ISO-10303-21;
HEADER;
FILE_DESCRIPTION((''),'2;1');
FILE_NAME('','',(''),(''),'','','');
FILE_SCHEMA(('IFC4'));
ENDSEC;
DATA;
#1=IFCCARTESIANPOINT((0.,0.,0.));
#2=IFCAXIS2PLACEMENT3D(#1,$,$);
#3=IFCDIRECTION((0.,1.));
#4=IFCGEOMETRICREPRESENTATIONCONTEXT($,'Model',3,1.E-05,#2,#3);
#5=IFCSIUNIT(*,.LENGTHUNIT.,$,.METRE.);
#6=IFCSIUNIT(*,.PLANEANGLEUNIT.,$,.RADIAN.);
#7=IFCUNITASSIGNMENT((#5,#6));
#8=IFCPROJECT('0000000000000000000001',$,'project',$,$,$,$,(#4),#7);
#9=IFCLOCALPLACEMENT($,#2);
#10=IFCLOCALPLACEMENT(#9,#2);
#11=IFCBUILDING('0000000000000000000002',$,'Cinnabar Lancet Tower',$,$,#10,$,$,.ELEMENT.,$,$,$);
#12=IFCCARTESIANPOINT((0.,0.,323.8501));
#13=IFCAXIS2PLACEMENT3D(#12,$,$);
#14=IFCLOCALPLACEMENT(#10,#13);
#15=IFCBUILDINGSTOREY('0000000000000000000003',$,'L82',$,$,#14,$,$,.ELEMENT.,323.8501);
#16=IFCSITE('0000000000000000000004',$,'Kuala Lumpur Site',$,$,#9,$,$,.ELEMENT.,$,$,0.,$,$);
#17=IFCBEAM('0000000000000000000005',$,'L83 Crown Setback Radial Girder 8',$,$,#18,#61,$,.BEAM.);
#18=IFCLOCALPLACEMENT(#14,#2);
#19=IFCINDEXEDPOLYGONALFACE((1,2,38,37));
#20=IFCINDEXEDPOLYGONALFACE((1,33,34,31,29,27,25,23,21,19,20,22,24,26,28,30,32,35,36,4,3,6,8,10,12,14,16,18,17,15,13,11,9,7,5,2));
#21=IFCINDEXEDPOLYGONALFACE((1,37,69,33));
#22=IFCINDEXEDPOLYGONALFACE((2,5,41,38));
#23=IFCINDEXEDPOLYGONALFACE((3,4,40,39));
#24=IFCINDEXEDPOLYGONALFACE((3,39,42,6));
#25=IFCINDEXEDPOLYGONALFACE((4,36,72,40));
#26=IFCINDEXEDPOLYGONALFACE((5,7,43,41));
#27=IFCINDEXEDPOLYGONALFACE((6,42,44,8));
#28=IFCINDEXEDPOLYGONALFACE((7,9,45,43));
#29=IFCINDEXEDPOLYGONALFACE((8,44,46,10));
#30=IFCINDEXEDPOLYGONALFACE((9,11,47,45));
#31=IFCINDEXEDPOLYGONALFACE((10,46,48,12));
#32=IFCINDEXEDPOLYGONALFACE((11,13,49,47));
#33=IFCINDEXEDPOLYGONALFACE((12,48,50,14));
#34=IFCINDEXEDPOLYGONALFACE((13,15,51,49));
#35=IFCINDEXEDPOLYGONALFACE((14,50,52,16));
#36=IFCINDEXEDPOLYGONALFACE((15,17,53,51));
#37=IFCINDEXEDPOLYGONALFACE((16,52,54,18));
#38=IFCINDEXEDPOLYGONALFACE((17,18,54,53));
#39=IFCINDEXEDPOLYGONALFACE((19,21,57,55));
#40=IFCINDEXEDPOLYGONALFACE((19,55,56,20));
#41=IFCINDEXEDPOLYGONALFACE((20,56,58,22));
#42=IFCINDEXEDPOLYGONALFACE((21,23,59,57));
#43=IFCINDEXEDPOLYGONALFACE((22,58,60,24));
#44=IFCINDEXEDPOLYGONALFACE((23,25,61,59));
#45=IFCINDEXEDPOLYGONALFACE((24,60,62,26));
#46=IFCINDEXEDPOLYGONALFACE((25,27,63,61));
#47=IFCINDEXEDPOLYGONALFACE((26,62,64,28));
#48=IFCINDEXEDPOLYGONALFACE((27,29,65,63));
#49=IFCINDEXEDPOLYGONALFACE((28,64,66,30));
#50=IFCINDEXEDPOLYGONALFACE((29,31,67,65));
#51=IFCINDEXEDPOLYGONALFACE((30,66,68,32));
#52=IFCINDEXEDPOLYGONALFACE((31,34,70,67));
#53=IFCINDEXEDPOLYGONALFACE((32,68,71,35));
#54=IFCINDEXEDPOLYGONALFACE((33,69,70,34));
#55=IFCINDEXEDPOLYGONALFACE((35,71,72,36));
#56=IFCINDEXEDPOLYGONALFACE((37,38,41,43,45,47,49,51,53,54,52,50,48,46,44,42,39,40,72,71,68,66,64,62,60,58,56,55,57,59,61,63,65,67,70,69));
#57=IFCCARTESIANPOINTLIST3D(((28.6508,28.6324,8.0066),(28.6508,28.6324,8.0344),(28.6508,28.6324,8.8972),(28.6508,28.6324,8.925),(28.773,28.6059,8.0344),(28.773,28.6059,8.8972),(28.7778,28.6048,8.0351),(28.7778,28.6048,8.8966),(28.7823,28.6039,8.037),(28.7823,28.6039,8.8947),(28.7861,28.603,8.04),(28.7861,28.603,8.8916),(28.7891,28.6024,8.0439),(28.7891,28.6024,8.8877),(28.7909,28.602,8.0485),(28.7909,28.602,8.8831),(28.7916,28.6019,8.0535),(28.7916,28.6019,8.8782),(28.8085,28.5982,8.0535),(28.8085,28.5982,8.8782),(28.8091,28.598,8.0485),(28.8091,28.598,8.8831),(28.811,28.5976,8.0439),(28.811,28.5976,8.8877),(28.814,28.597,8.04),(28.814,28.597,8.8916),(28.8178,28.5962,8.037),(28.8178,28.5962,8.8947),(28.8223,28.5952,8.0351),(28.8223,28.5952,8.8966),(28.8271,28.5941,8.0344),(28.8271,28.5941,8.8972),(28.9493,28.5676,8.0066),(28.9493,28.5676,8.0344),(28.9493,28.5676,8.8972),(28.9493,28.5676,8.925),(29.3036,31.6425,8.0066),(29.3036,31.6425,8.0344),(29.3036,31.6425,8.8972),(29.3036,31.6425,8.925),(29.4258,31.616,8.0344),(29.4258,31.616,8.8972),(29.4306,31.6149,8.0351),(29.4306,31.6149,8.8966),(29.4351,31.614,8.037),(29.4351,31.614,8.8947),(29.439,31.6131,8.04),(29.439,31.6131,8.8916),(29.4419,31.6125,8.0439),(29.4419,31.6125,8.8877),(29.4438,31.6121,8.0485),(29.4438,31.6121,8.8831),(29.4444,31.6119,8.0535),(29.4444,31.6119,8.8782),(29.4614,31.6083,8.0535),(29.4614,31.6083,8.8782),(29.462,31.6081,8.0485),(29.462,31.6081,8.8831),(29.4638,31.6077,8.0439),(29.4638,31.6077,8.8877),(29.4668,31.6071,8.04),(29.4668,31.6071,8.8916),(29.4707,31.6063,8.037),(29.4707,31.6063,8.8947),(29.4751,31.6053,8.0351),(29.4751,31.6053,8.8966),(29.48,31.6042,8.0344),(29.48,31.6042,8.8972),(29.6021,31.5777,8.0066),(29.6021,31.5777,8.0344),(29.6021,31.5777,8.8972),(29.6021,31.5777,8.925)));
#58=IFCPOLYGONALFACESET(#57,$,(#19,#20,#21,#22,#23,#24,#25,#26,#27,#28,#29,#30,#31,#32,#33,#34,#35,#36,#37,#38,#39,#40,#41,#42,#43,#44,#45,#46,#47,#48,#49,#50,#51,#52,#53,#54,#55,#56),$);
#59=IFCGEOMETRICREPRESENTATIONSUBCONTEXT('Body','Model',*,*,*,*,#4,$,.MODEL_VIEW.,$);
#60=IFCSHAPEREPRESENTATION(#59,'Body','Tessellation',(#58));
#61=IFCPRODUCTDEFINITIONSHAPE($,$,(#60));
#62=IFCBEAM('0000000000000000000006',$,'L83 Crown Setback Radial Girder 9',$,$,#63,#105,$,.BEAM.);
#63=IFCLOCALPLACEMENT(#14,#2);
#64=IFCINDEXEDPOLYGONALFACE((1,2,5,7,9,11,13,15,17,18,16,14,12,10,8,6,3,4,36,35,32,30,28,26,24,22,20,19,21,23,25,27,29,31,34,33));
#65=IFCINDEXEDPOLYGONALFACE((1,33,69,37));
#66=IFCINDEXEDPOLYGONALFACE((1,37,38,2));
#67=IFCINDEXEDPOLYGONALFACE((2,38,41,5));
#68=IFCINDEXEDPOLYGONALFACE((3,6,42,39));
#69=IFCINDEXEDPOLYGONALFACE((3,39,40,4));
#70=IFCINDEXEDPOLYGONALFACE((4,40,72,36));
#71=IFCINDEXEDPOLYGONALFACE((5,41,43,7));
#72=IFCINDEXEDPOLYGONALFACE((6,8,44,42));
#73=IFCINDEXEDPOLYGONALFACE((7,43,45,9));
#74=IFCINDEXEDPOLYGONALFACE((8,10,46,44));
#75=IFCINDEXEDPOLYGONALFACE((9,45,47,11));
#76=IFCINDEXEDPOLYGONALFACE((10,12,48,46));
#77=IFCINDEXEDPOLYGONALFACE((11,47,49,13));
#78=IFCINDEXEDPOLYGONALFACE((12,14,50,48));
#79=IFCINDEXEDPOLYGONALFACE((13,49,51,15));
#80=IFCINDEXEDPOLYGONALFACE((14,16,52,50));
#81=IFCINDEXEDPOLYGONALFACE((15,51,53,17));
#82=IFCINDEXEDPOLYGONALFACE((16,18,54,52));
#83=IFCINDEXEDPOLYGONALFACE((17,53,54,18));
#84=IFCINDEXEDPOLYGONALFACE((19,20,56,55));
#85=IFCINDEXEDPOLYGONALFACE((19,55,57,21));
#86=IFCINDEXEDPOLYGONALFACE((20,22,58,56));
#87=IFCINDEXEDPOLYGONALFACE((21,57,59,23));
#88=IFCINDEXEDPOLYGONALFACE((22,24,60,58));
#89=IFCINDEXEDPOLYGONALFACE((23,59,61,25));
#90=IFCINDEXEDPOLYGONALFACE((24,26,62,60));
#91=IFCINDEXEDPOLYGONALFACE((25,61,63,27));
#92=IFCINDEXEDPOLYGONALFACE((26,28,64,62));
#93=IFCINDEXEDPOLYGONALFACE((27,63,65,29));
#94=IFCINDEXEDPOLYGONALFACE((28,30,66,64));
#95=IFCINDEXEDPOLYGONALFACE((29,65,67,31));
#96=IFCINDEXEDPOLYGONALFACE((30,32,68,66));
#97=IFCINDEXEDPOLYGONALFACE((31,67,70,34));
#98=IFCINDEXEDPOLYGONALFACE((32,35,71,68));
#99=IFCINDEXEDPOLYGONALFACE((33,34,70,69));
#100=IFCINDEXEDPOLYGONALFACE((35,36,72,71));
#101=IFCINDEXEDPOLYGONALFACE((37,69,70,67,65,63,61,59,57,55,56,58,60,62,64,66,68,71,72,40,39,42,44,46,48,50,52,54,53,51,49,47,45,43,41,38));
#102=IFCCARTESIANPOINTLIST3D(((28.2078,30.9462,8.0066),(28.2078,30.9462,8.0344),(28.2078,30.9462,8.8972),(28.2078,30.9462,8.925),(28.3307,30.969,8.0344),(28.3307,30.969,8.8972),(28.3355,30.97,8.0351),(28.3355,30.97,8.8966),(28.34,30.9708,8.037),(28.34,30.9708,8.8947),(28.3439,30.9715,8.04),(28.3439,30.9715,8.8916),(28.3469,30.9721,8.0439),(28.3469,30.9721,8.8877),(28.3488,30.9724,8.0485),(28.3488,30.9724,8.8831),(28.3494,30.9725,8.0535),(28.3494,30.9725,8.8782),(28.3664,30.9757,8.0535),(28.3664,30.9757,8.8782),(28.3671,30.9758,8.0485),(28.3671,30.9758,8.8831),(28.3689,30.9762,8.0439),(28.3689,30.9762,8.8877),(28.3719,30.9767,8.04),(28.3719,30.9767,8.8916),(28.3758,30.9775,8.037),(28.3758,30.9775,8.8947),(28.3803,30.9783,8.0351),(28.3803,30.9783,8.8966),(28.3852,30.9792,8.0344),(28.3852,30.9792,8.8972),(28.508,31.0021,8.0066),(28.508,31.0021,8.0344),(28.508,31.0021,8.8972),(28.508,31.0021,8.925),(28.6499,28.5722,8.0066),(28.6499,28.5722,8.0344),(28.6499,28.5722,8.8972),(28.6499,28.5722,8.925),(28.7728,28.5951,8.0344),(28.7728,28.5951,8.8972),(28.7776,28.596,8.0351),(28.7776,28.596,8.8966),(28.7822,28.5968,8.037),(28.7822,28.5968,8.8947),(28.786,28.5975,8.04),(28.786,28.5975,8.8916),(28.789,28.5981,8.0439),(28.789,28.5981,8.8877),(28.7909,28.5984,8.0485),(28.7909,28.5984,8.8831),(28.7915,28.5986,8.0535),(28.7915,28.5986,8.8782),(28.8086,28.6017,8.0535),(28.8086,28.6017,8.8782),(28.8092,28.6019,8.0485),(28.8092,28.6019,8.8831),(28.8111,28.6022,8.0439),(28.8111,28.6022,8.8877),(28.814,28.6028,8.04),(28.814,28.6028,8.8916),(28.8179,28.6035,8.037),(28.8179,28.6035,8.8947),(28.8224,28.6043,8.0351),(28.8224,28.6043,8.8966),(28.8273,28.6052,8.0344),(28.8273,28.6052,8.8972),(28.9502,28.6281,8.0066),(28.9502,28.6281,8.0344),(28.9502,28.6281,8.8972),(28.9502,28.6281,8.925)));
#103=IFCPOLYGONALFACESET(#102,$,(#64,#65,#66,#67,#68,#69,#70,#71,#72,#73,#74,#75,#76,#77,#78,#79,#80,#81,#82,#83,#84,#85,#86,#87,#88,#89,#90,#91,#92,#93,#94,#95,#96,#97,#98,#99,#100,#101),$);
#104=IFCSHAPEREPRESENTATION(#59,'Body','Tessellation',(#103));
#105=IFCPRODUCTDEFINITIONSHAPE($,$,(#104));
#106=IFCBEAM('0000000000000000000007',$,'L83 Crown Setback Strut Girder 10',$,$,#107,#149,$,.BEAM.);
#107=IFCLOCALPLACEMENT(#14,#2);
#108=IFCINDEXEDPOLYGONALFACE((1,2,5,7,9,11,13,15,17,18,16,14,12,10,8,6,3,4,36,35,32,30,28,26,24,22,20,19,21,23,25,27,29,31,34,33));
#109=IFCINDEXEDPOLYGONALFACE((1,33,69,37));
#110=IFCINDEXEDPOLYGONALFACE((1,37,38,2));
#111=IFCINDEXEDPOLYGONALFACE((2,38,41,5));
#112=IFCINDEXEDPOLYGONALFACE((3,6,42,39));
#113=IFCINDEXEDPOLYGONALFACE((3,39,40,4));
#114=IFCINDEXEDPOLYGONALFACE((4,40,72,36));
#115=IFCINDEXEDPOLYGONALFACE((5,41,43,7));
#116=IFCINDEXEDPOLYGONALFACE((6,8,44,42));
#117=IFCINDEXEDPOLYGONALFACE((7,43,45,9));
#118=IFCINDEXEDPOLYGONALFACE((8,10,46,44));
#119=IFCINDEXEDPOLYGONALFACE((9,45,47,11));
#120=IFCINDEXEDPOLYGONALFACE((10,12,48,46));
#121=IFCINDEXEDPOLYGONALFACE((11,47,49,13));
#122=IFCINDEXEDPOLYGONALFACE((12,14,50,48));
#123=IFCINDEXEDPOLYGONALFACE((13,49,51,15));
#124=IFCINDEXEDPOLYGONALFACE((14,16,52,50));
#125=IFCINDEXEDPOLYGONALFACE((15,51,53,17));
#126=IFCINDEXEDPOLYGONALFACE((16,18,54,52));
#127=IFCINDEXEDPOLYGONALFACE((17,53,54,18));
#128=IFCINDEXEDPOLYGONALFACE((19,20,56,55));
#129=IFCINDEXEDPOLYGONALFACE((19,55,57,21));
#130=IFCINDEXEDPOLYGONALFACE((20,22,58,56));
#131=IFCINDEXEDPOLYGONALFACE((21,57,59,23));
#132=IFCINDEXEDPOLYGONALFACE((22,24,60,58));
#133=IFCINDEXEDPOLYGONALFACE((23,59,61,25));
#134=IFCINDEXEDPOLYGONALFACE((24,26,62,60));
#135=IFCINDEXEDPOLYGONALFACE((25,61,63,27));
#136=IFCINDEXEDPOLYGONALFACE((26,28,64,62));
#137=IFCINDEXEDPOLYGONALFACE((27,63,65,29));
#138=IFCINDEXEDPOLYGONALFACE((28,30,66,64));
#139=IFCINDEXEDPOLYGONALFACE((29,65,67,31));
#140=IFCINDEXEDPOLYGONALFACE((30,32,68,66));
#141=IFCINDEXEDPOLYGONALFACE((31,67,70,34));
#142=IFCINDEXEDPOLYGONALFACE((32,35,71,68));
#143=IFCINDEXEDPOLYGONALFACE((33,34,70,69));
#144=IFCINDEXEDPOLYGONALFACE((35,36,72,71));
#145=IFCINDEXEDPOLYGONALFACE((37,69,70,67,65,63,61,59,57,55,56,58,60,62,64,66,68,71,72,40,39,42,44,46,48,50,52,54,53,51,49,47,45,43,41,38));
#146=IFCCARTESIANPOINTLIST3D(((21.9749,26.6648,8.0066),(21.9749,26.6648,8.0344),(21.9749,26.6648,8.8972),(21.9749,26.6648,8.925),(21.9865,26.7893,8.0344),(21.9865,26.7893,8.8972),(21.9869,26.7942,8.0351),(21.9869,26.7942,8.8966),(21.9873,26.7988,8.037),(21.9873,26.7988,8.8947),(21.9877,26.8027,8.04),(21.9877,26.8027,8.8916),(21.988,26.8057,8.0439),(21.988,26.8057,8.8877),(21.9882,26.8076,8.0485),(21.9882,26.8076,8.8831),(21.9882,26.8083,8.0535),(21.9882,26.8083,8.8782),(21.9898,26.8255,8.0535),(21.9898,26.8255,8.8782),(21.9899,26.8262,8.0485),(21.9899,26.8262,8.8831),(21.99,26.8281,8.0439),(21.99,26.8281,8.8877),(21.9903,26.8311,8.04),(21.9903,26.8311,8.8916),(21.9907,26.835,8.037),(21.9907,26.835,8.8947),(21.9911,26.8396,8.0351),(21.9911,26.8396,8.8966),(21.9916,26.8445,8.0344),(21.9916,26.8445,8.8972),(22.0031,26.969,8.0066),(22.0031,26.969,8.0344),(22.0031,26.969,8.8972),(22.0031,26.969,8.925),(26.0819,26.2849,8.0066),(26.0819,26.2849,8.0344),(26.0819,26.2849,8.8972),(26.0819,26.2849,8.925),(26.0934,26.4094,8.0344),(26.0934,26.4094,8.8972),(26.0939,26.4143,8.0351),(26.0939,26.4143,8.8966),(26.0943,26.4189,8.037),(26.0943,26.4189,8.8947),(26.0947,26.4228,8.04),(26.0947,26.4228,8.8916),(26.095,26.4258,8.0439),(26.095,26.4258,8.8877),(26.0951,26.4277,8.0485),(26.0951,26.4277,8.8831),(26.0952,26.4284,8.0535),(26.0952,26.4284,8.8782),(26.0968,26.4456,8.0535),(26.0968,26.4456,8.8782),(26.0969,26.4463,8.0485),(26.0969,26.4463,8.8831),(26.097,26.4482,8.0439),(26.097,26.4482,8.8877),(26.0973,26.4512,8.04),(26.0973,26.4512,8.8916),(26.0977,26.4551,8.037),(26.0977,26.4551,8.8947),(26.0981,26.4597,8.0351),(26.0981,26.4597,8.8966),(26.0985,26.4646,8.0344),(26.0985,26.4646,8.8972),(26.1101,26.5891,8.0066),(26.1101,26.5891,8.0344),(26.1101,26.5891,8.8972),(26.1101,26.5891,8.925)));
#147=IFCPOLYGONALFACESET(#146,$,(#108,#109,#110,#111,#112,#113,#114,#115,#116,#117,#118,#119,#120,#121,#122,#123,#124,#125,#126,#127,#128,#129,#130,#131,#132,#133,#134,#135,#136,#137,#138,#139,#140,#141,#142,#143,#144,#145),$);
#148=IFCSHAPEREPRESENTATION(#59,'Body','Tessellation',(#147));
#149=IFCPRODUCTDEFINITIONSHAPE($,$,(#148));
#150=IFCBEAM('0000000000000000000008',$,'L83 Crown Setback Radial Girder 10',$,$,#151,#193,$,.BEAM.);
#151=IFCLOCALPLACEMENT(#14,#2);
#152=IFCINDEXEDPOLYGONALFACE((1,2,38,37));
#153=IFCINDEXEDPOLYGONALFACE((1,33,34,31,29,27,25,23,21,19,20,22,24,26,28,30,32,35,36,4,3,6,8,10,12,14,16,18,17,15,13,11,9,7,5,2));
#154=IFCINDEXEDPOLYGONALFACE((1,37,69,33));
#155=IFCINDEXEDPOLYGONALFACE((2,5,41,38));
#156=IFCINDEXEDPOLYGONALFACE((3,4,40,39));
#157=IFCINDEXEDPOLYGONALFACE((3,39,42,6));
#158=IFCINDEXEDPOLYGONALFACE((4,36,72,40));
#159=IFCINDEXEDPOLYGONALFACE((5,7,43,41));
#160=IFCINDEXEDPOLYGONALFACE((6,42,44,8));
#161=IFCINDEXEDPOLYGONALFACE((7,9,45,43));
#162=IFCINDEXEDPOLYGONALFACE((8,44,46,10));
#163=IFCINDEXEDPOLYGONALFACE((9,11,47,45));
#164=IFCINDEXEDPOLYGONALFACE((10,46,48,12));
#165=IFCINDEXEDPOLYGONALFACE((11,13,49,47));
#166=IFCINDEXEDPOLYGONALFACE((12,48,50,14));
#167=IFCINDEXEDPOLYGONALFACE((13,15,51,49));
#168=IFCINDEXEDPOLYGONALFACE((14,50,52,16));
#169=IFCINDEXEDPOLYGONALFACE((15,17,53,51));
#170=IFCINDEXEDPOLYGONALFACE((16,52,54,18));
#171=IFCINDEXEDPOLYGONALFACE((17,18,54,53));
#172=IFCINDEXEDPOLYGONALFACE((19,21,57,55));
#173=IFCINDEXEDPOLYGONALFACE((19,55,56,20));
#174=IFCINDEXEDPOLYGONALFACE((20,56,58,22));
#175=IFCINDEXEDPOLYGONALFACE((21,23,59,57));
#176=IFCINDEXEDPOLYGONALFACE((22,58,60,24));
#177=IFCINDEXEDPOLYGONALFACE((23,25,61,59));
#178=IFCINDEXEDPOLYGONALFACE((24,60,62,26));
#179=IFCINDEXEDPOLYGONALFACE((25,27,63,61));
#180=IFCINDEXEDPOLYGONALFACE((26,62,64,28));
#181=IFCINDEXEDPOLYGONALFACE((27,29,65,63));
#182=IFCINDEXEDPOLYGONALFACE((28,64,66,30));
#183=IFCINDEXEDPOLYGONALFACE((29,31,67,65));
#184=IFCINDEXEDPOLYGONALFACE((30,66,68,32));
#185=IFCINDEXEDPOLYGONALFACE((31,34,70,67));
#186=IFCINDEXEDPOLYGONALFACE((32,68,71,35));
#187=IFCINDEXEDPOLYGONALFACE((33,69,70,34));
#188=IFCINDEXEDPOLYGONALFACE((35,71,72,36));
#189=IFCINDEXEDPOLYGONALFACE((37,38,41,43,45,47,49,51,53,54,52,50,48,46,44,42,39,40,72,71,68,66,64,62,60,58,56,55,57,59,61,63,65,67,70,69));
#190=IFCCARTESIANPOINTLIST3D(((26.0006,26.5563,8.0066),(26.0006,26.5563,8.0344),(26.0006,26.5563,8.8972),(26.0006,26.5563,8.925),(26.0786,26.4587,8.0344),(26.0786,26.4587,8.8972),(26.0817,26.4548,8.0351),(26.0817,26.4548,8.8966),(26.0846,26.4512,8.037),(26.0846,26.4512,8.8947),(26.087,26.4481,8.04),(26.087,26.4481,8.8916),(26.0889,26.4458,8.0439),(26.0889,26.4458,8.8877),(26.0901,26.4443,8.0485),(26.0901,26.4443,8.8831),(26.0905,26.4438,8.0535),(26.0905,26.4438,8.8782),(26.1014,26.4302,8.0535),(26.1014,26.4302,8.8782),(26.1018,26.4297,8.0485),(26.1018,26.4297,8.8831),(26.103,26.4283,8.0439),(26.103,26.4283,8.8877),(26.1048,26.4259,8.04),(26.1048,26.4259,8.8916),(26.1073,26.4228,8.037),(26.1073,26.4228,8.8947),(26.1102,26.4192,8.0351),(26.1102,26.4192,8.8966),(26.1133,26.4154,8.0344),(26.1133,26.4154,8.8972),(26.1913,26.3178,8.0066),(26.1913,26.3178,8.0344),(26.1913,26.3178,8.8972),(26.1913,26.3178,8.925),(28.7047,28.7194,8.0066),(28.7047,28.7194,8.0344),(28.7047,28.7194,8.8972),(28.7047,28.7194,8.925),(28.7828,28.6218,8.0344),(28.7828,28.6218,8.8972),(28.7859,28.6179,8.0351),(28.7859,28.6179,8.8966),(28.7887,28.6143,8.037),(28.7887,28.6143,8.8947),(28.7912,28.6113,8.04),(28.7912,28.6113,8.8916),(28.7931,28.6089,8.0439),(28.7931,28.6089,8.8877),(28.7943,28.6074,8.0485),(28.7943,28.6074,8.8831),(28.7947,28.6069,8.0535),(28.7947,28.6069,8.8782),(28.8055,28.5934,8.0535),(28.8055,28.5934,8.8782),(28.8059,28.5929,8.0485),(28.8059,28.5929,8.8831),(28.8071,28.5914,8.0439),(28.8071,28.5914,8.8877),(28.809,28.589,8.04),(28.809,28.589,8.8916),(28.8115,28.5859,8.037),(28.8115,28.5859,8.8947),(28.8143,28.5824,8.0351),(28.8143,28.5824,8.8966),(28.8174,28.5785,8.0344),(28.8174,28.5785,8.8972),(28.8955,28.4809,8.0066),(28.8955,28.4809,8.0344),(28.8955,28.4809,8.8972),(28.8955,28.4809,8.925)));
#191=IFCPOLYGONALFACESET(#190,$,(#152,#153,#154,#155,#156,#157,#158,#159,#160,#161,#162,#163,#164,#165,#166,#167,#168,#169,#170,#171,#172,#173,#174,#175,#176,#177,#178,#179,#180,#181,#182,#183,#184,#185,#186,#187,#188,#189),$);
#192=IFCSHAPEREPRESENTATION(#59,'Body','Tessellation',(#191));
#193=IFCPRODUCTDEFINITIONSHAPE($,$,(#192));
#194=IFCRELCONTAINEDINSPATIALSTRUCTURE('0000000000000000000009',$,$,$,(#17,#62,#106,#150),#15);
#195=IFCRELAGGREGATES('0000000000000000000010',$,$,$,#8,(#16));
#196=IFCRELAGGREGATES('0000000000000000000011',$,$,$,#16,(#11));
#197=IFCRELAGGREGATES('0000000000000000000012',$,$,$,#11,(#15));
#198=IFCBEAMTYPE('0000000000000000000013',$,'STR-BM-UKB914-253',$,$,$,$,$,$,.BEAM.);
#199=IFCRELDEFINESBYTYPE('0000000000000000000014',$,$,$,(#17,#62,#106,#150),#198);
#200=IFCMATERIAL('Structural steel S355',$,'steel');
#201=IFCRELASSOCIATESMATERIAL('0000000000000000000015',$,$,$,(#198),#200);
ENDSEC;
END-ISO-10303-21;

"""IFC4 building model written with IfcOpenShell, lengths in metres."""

from ifc_helpers import new_model, si_unit, direction, frame, origin, origin_2d, place, context, subcontext, project, spatial, i_section, extrude, material, material_profile, profile_set, type_object, element, save


model = new_model("IFC4")

# Units and contexts
model_context = context("Model", 3, precision=1e-05, world=origin(), true_north=direction((0.0, 1.0)))
body_context = subcontext(model_context, "Body", "Model", "MODEL_VIEW")
ifc_project = project(units=[si_unit("LENGTHUNIT", "METRE"), si_unit("PLANEANGLEUNIT", "RADIAN")], contexts=[model_context])

# Site, building, storey
site_placement = place(None, origin())
site = spatial("IfcSite", under=ifc_project, at=site_placement, Name="Kuala Lumpur Site", CompositionType="ELEMENT", RefElevation=0.0)
building_placement = place(site_placement, origin())
building = spatial("IfcBuilding", under=site, at=building_placement, Name="Cinnabar Lancet Tower", CompositionType="ELEMENT")
storey_placement = place(building_placement, frame((0.0, 0.0, 323.8501)))
storey = spatial("IfcBuildingStorey", under=building, at=storey_placement, Name="L82", CompositionType="ELEMENT", Elevation=323.8501)

# Beams
ifc_material_1 = material(Name="Structural steel S355", Category="steel")
ifc_material_profile_1 = material_profile(ifc_material_1, i_section(OverallWidth=0.3054, OverallDepth=0.9185, WebThickness=0.0173, FlangeThickness=0.0278, FilletRadius=0.019, at=origin_2d()), Name="UKB 914x305x253")
ifc_profile_set_1 = profile_set([ifc_material_profile_1], Name="Structural steel S355")
beam_type = type_object("IfcBeamType", Name="STR-BM-UKB914-253", PredefinedType="BEAM", material=ifc_profile_set_1)
beam_1_placement = place(storey_placement, frame((29.4529, 31.6101, 8.4658), z_axis=(-0.211959, -0.977279, 0.0), x_axis=(0.977279, -0.211959, 0.0)))
element("IfcBeam", 1, at=beam_1_placement, inside=storey, type_object=beam_type, Name="L83 Crown Setback Radial Girder 8", PredefinedType="BEAM", context=body_context, shape_type="SweptSolid", body=[
    extrude(i_section(OverallWidth=0.3054, OverallDepth=0.9185, WebThickness=0.0173, FlangeThickness=0.0278, FilletRadius=0.019, at=origin_2d()), origin(), (0.0, 0.0, 1.0), 3.0801),
])
beam_2_placement = place(storey_placement, frame((28.3579, 30.9741, 8.4658), z_axis=(0.183092, -0.983096, 0.0), x_axis=(0.983096, 0.183092, 0.0)))
element("IfcBeam", 2, at=beam_2_placement, inside=storey, type_object=beam_type, Name="L83 Crown Setback Radial Girder 9", PredefinedType="BEAM", context=body_context, shape_type="SweptSolid", body=[
    extrude(i_section(OverallWidth=0.3054, OverallDepth=0.9185, WebThickness=0.0173, FlangeThickness=0.0278, FilletRadius=0.019, at=origin_2d()), origin(), (0.0, 0.0, 1.0), 2.4148),
])
beam_3_placement = place(storey_placement, frame((21.989, 26.8169, 8.4658), z_axis=(0.995749, -0.092105, 0.0), x_axis=(0.092105, 0.995749, 0.0)))
element("IfcBeam", 3, at=beam_3_placement, inside=storey, type_object=beam_type, Name="L83 Crown Setback Strut Girder 10", PredefinedType="BEAM", context=body_context, shape_type="SweptSolid", body=[
    extrude(i_section(OverallWidth=0.3054, OverallDepth=0.9185, WebThickness=0.0173, FlangeThickness=0.0278, FilletRadius=0.019, at=origin_2d()), origin(), (0.0, 0.0, 1.0), 4.1245),
])
beam_4_placement = place(storey_placement, frame((26.0959, 26.437, 8.4658), z_axis=(0.780896, 0.624661, 0.0), x_axis=(-0.624661, 0.780896, 0.0)))
element("IfcBeam", 4, at=beam_4_placement, inside=storey, type_object=beam_type, Name="L83 Crown Setback Radial Girder 10", PredefinedType="BEAM", context=body_context, shape_type="SweptSolid", body=[
    extrude(i_section(OverallWidth=0.3054, OverallDepth=0.9185, WebThickness=0.0173, FlangeThickness=0.0278, FilletRadius=0.019, at=origin_2d()), origin(), (0.0, 0.0, 1.0), 3.4629),
])

save(model, "model.ifc")
